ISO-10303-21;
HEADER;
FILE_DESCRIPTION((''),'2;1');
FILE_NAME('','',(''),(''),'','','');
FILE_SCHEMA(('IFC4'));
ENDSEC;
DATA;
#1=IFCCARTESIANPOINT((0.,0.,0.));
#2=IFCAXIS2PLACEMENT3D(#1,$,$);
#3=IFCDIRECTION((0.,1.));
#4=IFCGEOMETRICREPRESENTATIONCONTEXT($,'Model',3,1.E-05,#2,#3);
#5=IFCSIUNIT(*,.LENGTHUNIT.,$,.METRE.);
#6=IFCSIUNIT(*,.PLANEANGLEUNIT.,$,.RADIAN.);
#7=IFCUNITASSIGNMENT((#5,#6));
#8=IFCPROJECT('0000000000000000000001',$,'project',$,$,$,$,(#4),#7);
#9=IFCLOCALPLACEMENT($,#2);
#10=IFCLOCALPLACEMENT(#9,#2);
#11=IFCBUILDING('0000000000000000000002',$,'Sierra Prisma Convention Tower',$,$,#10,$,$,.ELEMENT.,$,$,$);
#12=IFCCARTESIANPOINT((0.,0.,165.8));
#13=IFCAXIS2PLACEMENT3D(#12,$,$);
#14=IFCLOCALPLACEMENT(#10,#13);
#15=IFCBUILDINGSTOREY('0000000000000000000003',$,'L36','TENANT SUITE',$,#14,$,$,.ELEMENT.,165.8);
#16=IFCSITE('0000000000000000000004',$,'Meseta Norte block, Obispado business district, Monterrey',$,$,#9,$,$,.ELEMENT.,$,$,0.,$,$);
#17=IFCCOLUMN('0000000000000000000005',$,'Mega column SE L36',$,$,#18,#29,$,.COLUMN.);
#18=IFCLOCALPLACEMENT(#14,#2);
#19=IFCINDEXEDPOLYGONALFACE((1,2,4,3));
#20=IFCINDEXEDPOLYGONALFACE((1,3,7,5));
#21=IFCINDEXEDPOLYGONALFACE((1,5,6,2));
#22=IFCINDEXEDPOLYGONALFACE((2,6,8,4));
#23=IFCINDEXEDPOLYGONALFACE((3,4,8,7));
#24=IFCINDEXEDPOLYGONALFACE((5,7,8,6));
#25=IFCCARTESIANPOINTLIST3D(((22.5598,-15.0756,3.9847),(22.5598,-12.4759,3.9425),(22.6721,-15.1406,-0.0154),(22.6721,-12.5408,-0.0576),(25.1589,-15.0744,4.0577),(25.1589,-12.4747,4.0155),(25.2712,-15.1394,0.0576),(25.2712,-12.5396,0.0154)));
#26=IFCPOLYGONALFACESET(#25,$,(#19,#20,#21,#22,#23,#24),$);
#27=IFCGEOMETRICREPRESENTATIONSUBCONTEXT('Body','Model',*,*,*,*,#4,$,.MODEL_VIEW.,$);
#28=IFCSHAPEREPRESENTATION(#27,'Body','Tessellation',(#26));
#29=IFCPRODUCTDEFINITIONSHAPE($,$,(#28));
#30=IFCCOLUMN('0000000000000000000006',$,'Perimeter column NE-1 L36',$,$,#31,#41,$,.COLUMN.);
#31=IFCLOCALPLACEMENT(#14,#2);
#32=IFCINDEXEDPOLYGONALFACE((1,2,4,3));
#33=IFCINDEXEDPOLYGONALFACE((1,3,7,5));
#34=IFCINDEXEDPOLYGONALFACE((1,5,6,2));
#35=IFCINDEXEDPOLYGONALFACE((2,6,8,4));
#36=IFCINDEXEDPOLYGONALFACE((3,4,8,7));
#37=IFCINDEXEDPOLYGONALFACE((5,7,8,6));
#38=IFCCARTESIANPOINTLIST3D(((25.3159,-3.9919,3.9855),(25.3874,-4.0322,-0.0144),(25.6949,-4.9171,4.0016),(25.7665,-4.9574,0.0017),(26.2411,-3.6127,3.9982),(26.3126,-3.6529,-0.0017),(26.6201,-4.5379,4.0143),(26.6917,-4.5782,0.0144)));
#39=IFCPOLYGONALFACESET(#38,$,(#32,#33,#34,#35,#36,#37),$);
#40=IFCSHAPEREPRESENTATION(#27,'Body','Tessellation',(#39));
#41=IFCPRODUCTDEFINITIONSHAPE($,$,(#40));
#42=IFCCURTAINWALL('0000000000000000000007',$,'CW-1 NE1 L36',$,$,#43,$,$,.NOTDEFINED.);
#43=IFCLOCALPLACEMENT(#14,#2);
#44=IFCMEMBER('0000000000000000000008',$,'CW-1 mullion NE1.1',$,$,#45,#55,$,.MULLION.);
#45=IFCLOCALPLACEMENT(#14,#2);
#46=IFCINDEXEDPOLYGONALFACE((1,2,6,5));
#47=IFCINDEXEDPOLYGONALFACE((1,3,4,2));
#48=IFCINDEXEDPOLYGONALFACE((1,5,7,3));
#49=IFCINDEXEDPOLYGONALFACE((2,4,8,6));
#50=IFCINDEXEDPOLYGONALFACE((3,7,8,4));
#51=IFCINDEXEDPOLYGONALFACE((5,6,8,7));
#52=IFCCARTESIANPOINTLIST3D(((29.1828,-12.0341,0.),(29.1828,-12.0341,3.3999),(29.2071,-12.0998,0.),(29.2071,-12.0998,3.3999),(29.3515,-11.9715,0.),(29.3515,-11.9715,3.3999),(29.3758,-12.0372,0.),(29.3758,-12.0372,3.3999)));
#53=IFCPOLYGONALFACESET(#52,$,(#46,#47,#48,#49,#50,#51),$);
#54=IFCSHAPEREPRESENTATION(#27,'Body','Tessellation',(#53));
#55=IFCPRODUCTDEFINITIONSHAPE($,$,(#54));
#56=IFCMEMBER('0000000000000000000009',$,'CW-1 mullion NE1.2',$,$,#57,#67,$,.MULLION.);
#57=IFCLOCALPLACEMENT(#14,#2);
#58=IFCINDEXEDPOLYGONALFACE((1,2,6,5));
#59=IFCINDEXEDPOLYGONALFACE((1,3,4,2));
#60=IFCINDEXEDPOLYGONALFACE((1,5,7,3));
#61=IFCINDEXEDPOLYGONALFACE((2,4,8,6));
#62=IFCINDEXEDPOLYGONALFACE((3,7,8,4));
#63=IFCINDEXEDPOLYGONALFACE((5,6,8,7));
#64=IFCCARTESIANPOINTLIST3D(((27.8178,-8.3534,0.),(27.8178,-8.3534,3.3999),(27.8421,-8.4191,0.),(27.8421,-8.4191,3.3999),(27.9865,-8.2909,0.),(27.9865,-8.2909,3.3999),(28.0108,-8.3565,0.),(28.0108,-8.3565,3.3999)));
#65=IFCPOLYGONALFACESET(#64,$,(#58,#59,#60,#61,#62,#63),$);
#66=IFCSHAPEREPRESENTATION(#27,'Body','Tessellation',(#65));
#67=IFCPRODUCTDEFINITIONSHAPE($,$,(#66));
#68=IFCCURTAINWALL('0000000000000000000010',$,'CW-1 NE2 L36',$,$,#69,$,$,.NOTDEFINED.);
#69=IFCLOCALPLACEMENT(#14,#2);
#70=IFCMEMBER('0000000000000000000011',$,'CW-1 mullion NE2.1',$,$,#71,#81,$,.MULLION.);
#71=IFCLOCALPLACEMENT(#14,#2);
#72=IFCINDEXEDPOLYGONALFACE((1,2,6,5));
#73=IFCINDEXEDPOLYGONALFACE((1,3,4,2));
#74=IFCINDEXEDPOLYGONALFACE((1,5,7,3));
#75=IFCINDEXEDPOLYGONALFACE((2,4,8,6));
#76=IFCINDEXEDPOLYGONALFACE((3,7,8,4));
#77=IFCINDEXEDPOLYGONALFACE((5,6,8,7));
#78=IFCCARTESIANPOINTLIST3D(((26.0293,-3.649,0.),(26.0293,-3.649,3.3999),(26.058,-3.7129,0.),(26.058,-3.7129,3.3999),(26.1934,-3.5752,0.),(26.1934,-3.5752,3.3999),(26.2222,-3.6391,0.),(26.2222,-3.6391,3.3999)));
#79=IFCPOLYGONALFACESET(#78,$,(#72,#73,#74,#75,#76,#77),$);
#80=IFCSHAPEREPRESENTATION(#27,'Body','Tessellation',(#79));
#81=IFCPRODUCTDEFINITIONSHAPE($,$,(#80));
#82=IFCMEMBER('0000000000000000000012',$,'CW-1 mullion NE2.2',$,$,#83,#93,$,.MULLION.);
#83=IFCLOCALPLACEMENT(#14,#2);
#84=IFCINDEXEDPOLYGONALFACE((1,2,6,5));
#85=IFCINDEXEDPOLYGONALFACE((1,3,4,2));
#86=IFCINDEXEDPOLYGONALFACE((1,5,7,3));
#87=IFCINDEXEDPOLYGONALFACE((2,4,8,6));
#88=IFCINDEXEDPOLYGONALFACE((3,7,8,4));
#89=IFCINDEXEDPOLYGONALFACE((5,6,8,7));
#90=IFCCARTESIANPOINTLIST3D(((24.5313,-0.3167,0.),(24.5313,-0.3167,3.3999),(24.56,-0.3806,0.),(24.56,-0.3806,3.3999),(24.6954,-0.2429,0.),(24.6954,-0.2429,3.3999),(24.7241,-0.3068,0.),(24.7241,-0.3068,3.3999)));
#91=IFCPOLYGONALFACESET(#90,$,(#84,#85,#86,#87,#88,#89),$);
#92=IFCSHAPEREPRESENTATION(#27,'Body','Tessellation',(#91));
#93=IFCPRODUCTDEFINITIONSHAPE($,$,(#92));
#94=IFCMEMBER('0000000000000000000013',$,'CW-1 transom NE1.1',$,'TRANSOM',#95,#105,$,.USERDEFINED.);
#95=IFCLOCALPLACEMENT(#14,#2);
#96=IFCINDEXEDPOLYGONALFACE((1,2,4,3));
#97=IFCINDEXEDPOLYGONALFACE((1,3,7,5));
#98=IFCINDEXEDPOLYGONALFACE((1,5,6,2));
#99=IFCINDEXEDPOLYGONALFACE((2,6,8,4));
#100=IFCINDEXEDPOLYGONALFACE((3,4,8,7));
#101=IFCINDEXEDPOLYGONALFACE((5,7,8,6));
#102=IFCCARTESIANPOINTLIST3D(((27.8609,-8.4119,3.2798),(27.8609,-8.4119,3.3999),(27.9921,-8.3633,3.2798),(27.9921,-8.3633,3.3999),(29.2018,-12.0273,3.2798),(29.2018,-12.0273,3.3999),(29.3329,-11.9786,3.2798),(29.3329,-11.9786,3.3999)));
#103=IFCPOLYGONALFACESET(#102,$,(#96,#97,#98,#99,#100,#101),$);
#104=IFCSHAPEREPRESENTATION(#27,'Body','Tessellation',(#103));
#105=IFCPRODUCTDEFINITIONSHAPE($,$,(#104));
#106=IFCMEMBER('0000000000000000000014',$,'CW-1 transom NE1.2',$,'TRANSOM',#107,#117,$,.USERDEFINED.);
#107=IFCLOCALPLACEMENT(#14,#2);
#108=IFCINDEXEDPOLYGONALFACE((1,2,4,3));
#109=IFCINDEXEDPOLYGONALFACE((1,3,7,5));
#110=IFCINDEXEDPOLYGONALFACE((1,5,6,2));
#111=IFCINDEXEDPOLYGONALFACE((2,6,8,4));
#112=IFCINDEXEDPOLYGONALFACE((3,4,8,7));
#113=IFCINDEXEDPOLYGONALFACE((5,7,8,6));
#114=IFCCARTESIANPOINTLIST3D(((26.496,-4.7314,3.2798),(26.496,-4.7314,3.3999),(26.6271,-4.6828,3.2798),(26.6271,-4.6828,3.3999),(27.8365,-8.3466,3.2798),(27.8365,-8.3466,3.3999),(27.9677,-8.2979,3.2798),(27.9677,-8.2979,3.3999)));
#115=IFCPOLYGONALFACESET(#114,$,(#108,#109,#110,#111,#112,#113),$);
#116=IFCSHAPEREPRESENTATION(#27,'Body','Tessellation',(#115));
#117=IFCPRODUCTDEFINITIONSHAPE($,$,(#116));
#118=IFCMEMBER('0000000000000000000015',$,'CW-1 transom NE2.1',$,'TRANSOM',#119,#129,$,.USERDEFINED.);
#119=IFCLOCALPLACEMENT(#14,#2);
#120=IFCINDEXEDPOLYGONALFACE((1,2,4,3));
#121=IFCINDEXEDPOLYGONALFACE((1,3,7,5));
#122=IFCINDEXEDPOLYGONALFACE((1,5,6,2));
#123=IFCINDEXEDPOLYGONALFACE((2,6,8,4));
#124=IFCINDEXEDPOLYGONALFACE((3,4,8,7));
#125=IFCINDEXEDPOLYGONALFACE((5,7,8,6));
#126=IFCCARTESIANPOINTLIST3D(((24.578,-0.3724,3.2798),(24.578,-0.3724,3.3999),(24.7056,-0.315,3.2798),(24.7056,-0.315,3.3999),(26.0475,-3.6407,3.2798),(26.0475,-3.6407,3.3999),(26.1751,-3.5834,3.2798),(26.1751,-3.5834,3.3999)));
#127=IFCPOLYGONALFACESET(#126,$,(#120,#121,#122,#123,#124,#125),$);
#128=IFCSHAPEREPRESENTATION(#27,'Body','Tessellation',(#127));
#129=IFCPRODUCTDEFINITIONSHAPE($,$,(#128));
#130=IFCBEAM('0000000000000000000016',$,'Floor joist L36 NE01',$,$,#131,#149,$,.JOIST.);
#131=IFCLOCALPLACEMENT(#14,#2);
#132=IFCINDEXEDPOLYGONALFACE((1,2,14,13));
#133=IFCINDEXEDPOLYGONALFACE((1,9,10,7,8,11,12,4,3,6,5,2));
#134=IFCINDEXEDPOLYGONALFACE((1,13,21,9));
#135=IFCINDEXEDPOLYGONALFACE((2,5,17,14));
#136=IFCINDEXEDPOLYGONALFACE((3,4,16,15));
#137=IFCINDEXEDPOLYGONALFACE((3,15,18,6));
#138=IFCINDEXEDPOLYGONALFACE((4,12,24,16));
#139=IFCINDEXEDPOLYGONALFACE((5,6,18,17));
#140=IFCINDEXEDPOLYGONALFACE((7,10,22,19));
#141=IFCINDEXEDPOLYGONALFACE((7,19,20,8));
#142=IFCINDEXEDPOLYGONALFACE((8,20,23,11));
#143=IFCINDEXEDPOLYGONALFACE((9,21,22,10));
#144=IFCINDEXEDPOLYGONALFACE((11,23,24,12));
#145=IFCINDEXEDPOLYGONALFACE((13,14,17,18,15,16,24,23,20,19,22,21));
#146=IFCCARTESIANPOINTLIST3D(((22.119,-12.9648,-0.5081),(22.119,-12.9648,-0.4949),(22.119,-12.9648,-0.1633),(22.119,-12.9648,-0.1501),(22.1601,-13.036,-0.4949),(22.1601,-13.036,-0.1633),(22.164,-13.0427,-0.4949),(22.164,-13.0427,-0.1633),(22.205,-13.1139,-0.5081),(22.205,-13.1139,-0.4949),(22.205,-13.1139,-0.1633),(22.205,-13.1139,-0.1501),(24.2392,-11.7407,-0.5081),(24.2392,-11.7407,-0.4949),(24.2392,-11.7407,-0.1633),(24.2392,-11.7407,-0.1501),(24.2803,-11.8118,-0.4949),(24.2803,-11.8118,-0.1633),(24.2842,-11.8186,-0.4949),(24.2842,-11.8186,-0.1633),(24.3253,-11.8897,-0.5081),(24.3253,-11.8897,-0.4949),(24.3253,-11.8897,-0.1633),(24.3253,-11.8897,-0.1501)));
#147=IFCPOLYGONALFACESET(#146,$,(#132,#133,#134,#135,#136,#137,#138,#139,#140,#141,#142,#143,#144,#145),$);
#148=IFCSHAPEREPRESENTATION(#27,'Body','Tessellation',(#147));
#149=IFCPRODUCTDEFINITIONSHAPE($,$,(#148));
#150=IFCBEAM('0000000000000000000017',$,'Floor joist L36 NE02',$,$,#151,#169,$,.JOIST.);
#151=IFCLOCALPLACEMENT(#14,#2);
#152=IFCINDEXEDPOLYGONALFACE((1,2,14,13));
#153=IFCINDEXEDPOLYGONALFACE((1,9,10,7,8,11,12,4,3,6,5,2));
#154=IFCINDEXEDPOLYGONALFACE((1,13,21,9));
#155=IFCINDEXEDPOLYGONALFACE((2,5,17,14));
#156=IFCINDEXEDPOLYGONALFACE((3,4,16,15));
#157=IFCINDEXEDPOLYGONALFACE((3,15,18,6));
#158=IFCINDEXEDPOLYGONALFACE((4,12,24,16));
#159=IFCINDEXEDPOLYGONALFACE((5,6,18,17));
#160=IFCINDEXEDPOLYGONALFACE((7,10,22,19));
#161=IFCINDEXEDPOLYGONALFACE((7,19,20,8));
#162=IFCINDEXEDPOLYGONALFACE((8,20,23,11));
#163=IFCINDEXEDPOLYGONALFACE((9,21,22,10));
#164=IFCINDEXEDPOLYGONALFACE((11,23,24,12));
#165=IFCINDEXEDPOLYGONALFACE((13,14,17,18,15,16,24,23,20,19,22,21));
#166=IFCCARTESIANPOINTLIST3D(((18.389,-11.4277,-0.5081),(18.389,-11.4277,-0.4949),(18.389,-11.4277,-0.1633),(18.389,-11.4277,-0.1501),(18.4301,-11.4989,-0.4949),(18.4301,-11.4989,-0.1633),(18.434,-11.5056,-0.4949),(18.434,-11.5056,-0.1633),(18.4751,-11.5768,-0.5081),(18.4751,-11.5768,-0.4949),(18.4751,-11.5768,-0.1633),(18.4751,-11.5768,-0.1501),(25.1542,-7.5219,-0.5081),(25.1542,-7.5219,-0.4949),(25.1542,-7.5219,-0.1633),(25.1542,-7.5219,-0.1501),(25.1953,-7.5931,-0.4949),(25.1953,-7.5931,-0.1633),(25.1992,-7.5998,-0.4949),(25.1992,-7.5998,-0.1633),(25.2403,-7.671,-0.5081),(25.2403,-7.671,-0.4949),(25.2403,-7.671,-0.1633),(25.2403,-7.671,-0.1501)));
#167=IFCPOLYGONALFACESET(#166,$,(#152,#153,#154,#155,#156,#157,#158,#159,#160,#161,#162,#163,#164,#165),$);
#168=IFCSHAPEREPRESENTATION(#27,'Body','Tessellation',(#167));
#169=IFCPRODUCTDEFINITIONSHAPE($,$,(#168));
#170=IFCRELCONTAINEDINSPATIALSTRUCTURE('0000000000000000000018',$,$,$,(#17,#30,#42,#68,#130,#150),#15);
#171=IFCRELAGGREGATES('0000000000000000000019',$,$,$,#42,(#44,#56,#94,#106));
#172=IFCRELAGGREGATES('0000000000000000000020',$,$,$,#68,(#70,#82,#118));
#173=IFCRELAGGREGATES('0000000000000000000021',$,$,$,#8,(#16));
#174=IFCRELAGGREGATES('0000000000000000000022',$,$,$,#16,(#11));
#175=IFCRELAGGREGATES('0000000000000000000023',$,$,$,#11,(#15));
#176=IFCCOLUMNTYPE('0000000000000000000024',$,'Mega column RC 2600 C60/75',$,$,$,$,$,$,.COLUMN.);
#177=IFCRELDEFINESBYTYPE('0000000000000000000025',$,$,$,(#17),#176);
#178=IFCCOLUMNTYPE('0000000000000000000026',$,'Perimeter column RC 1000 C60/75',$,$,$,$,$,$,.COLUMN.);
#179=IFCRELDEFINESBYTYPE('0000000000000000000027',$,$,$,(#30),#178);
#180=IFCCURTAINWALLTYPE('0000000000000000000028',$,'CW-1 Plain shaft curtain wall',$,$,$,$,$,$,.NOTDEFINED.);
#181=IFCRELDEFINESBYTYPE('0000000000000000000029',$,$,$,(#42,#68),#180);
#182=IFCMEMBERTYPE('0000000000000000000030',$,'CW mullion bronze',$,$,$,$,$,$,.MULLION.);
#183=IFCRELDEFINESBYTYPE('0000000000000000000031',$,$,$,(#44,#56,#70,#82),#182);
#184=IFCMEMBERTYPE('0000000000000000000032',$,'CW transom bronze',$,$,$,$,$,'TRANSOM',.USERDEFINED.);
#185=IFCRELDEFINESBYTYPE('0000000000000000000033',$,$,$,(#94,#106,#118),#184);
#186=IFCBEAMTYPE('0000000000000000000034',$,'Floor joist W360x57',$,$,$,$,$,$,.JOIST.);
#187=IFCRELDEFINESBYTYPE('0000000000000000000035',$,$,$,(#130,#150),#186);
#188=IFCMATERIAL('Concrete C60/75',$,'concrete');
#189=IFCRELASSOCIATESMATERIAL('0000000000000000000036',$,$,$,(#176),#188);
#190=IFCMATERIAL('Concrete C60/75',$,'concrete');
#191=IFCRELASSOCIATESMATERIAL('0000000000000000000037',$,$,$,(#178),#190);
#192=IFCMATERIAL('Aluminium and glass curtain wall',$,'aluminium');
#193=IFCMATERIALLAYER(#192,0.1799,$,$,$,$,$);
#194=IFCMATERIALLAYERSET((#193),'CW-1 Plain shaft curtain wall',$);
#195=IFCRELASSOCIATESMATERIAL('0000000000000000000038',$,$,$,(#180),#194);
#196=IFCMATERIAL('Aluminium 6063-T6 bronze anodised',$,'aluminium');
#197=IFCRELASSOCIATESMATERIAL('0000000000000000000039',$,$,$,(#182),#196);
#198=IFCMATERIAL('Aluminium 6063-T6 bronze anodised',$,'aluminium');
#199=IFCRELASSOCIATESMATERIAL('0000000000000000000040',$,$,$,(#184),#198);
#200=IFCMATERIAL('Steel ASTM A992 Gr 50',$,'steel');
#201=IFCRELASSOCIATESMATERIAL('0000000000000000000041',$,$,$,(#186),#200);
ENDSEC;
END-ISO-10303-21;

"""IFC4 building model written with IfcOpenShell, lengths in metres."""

from ifc_helpers import new_model, si_unit, direction, frame, origin, origin_2d, place, context, subcontext, project, spatial, rectangle, i_section, extrude, material, layer, layer_set, material_profile, profile_set, type_object, element, aggregate, save


model = new_model("IFC4")

# Units and contexts
model_context = context("Model", 3, precision=1e-05, world=origin(), true_north=direction((0.0, 1.0)))
body_context = subcontext(model_context, "Body", "Model", "MODEL_VIEW")
ifc_project = project(units=[si_unit("LENGTHUNIT", "METRE"), si_unit("PLANEANGLEUNIT", "RADIAN")], contexts=[model_context])

# Site, building, storey
site_placement = place(None, origin())
site = spatial("IfcSite", under=ifc_project, at=site_placement, Name="Meseta Norte block, Obispado business district, Monterrey", CompositionType="ELEMENT", RefElevation=0.0)
building_placement = place(site_placement, origin())
building = spatial("IfcBuilding", under=site, at=building_placement, Name="Sierra Prisma Convention Tower", CompositionType="ELEMENT")
storey_placement = place(building_placement, frame((0.0, 0.0, 165.8)))
storey = spatial("IfcBuildingStorey", under=building, at=storey_placement, Name="L36", Description="TENANT SUITE", CompositionType="ELEMENT", Elevation=165.8)

# Columns
ifc_material_1 = material(Name="Concrete C60/75", Category="concrete")
ifc_material_profile_1 = material_profile(ifc_material_1, rectangle(XDim=2.6001, YDim=2.6001, at=origin_2d()), Name="Mega column RC 2600 C60/75")
ifc_profile_set_1 = profile_set([ifc_material_profile_1], Name="Concrete C60/75")
column_type_1 = type_object("IfcColumnType", Name="Mega column RC 2600 C60/75", PredefinedType="COLUMN", material=ifc_profile_set_1)
column_1_placement = place(storey_placement, frame((23.9717, -13.8401, 0.0), z_axis=(-0.028061, 0.016227, 0.999474), x_axis=(0.999606, 0.000456, 0.028058)))
element("IfcColumn", 1, at=column_1_placement, inside=storey, type_object=column_type_1, Name="Mega column SE L36", PredefinedType="COLUMN", context=body_context, shape_type="SweptSolid", body=[
    extrude(rectangle(XDim=2.6001, YDim=2.6001, at=origin_2d()), origin(), (0.0, 0.0, 1.0), 4.0022),
])
ifc_material_2 = material(Name="Concrete C60/75", Category="concrete")
ifc_material_profile_2 = material_profile(ifc_material_2, rectangle(XDim=1.0, YDim=1.0, at=origin_2d()), Name="Perimeter column RC 1000 C60/75")
ifc_profile_set_2 = profile_set([ifc_material_profile_2], Name="Concrete C60/75")
column_type_2 = type_object("IfcColumnType", Name="Perimeter column RC 1000 C60/75", PredefinedType="COLUMN", material=ifc_profile_set_2)
column_2_placement = place(storey_placement, frame((26.0396, -4.3052, 0.0), z_axis=(-0.01788, 0.010069, 0.999789), x_axis=(-0.379037, 0.925241, -0.016096)))
element("IfcColumn", 2, at=column_2_placement, inside=storey, type_object=column_type_2, Name="Perimeter column NE-1 L36", PredefinedType="COLUMN", context=body_context, shape_type="SweptSolid", body=[
    extrude(rectangle(XDim=1.0, YDim=1.0, at=origin_2d()), origin(), (0.0, 0.0, 1.0), 4.0007),
])

# Curtain walls, members
ifc_material_3 = material(Name="Aluminium and glass curtain wall", Category="aluminium")
ifc_layer_1 = layer(ifc_material_3, 0.1799)
ifc_layer_set_1 = layer_set([ifc_layer_1], Name="CW-1 Plain shaft curtain wall")
curtain_wall_type = type_object("IfcCurtainWallType", Name="CW-1 Plain shaft curtain wall", PredefinedType="NOTDEFINED", material=ifc_layer_set_1)
curtain_wall_1_placement = place(storey_placement, origin())
curtain_wall_1 = element("IfcCurtainWall", 3, at=curtain_wall_1_placement, inside=storey, type_object=curtain_wall_type, Name="CW-1 NE1 L36", PredefinedType="NOTDEFINED")
ifc_material_4 = material(Name="Aluminium 6063-T6 bronze anodised", Category="aluminium")
ifc_material_profile_3 = material_profile(ifc_material_4, rectangle(XDim=0.1799, YDim=0.0701, at=origin_2d()), Name="ALU MULLION 70x180")
ifc_profile_set_3 = profile_set([ifc_material_profile_3], Name="Aluminium 6063-T6 bronze anodised")
member_type_1 = type_object("IfcMemberType", Name="CW mullion bronze", PredefinedType="MULLION", material=ifc_profile_set_3)
member_1_placement = place(storey_placement, frame((29.2793, -12.0356, 0.0), z_axis=(0.0, 0.0, 1.0), x_axis=(-0.937603, -0.347709, 0.0)))
member_1 = element("IfcMember", 4, at=member_1_placement, type_object=member_type_1, Name="CW-1 mullion NE1.1", PredefinedType="MULLION", context=body_context, shape_type="SweptSolid", body=[
    extrude(rectangle(XDim=0.1799, YDim=0.0701, at=origin_2d()), origin(), (0.0, 0.0, 1.0), 3.3999),
])
member_2_placement = place(storey_placement, frame((27.9143, -8.355, 0.0), z_axis=(0.0, 0.0, 1.0), x_axis=(-0.937603, -0.347709, 0.0)))
member_2 = element("IfcMember", 5, at=member_2_placement, type_object=member_type_1, Name="CW-1 mullion NE1.2", PredefinedType="MULLION", context=body_context, shape_type="SweptSolid", body=[
    extrude(rectangle(XDim=0.1799, YDim=0.0701, at=origin_2d()), origin(), (0.0, 0.0, 1.0), 3.3999),
])
curtain_wall_2_placement = place(storey_placement, origin())
curtain_wall_2 = element("IfcCurtainWall", 6, at=curtain_wall_2_placement, inside=storey, type_object=curtain_wall_type, Name="CW-1 NE2 L36", PredefinedType="NOTDEFINED")
member_3_placement = place(storey_placement, frame((26.1257, -3.644, 0.0), z_axis=(0.0, 0.0, 1.0), x_axis=(-0.91206, -0.410056, 0.0)))
member_3 = element("IfcMember", 7, at=member_3_placement, type_object=member_type_1, Name="CW-1 mullion NE2.1", PredefinedType="MULLION", context=body_context, shape_type="SweptSolid", body=[
    extrude(rectangle(XDim=0.1799, YDim=0.0701, at=origin_2d()), origin(), (0.0, 0.0, 1.0), 3.3999),
])
member_4_placement = place(storey_placement, frame((24.6277, -0.3118, 0.0), z_axis=(0.0, 0.0, 1.0), x_axis=(-0.91206, -0.410056, 0.0)))
member_4 = element("IfcMember", 8, at=member_4_placement, type_object=member_type_1, Name="CW-1 mullion NE2.2", PredefinedType="MULLION", context=body_context, shape_type="SweptSolid", body=[
    extrude(rectangle(XDim=0.1799, YDim=0.0701, at=origin_2d()), origin(), (0.0, 0.0, 1.0), 3.3999),
])

# Members
ifc_material_5 = material(Name="Aluminium 6063-T6 bronze anodised", Category="aluminium")
ifc_material_profile_4 = material_profile(ifc_material_5, rectangle(XDim=0.1399, YDim=0.1201, at=origin_2d()), Name="ALU TRANSOM 120x140")
ifc_profile_set_4 = profile_set([ifc_material_profile_4], Name="Aluminium 6063-T6 bronze anodised")
member_type_2 = type_object("IfcMemberType", Name="CW transom bronze", ElementType="TRANSOM", PredefinedType="USERDEFINED", material=ifc_profile_set_4)
member_5_placement = place(storey_placement, frame((29.2673, -12.0029, 3.3398), z_axis=(-0.347735, 0.937593, 0.0), x_axis=(-0.937593, -0.347735, 0.0)))
member_5 = element("IfcMember", 9, at=member_5_placement, type_object=member_type_2, Name="CW-1 transom NE1.1", ObjectType="TRANSOM", PredefinedType="USERDEFINED", context=body_context, shape_type="SweptSolid", body=[
    extrude(rectangle(XDim=0.1399, YDim=0.1201, at=origin_2d()), origin(), (0.0, 0.0, 1.0), 3.856),
])
member_6_placement = place(storey_placement, frame((27.9021, -8.3223, 3.3398), z_axis=(-0.347679, 0.937613, 0.0), x_axis=(-0.937613, -0.347679, 0.0)))
member_6 = element("IfcMember", 10, at=member_6_placement, type_object=member_type_2, Name="CW-1 transom NE1.2", ObjectType="TRANSOM", PredefinedType="USERDEFINED", context=body_context, shape_type="SweptSolid", body=[
    extrude(rectangle(XDim=0.1399, YDim=0.1201, at=origin_2d()), origin(), (0.0, 0.0, 1.0), 3.8557),
])
member_7_placement = place(storey_placement, frame((26.1113, -3.6121, 3.3398), z_axis=(-0.410073, 0.912053, 0.0), x_axis=(-0.912053, -0.410073, 0.0)))
member_7 = element("IfcMember", 11, at=member_7_placement, type_object=member_type_2, Name="CW-1 transom NE2.1", ObjectType="TRANSOM", PredefinedType="USERDEFINED", context=body_context, shape_type="SweptSolid", body=[
    extrude(rectangle(XDim=0.1399, YDim=0.1201, at=origin_2d()), origin(), (0.0, 0.0, 1.0), 3.5835),
])

# Beams
ifc_material_6 = material(Name="Steel ASTM A992 Gr 50", Category="steel")
ifc_material_profile_5 = material_profile(ifc_material_6, i_section(OverallWidth=0.1721, OverallDepth=0.3579, WebThickness=0.0078, FlangeThickness=0.0132, at=origin_2d()), Name="W360x57")
ifc_profile_set_5 = profile_set([ifc_material_profile_5], Name="Steel ASTM A992 Gr 50")
beam_type_1 = type_object("IfcBeamType", Name="Floor joist W360x57", PredefinedType="JOIST", material=ifc_profile_set_5)
beam_1_placement = place(storey_placement, frame((24.2822, -11.8152, -0.3291), z_axis=(-0.866013, -0.500022, 0.0), x_axis=(0.500022, -0.866013, 0.0)))
element("IfcBeam", 12, at=beam_1_placement, inside=storey, type_object=beam_type_1, Name="Floor joist L36 NE01", PredefinedType="JOIST", context=body_context, shape_type="SweptSolid", body=[
    extrude(i_section(OverallWidth=0.1721, OverallDepth=0.3579, WebThickness=0.0078, FlangeThickness=0.0132, at=origin_2d()), origin(), (0.0, 0.0, 1.0), 2.4482),
])
beam_2_placement = place(storey_placement, frame((25.1973, -7.5964, -0.3291), z_axis=(-0.86603, -0.499991, 0.0), x_axis=(0.499991, -0.86603, 0.0)))
element("IfcBeam", 13, at=beam_2_placement, inside=storey, type_object=beam_type_1, Name="Floor joist L36 NE02", PredefinedType="JOIST", context=body_context, shape_type="SweptSolid", body=[
    extrude(i_section(OverallWidth=0.1721, OverallDepth=0.3579, WebThickness=0.0078, FlangeThickness=0.0132, at=origin_2d()), origin(), (0.0, 0.0, 1.0), 7.8118),
])

aggregate(curtain_wall_1, [member_1, member_2, member_5, member_6])
aggregate(curtain_wall_2, [member_3, member_4, member_7])

save(model, "model.ifc")
